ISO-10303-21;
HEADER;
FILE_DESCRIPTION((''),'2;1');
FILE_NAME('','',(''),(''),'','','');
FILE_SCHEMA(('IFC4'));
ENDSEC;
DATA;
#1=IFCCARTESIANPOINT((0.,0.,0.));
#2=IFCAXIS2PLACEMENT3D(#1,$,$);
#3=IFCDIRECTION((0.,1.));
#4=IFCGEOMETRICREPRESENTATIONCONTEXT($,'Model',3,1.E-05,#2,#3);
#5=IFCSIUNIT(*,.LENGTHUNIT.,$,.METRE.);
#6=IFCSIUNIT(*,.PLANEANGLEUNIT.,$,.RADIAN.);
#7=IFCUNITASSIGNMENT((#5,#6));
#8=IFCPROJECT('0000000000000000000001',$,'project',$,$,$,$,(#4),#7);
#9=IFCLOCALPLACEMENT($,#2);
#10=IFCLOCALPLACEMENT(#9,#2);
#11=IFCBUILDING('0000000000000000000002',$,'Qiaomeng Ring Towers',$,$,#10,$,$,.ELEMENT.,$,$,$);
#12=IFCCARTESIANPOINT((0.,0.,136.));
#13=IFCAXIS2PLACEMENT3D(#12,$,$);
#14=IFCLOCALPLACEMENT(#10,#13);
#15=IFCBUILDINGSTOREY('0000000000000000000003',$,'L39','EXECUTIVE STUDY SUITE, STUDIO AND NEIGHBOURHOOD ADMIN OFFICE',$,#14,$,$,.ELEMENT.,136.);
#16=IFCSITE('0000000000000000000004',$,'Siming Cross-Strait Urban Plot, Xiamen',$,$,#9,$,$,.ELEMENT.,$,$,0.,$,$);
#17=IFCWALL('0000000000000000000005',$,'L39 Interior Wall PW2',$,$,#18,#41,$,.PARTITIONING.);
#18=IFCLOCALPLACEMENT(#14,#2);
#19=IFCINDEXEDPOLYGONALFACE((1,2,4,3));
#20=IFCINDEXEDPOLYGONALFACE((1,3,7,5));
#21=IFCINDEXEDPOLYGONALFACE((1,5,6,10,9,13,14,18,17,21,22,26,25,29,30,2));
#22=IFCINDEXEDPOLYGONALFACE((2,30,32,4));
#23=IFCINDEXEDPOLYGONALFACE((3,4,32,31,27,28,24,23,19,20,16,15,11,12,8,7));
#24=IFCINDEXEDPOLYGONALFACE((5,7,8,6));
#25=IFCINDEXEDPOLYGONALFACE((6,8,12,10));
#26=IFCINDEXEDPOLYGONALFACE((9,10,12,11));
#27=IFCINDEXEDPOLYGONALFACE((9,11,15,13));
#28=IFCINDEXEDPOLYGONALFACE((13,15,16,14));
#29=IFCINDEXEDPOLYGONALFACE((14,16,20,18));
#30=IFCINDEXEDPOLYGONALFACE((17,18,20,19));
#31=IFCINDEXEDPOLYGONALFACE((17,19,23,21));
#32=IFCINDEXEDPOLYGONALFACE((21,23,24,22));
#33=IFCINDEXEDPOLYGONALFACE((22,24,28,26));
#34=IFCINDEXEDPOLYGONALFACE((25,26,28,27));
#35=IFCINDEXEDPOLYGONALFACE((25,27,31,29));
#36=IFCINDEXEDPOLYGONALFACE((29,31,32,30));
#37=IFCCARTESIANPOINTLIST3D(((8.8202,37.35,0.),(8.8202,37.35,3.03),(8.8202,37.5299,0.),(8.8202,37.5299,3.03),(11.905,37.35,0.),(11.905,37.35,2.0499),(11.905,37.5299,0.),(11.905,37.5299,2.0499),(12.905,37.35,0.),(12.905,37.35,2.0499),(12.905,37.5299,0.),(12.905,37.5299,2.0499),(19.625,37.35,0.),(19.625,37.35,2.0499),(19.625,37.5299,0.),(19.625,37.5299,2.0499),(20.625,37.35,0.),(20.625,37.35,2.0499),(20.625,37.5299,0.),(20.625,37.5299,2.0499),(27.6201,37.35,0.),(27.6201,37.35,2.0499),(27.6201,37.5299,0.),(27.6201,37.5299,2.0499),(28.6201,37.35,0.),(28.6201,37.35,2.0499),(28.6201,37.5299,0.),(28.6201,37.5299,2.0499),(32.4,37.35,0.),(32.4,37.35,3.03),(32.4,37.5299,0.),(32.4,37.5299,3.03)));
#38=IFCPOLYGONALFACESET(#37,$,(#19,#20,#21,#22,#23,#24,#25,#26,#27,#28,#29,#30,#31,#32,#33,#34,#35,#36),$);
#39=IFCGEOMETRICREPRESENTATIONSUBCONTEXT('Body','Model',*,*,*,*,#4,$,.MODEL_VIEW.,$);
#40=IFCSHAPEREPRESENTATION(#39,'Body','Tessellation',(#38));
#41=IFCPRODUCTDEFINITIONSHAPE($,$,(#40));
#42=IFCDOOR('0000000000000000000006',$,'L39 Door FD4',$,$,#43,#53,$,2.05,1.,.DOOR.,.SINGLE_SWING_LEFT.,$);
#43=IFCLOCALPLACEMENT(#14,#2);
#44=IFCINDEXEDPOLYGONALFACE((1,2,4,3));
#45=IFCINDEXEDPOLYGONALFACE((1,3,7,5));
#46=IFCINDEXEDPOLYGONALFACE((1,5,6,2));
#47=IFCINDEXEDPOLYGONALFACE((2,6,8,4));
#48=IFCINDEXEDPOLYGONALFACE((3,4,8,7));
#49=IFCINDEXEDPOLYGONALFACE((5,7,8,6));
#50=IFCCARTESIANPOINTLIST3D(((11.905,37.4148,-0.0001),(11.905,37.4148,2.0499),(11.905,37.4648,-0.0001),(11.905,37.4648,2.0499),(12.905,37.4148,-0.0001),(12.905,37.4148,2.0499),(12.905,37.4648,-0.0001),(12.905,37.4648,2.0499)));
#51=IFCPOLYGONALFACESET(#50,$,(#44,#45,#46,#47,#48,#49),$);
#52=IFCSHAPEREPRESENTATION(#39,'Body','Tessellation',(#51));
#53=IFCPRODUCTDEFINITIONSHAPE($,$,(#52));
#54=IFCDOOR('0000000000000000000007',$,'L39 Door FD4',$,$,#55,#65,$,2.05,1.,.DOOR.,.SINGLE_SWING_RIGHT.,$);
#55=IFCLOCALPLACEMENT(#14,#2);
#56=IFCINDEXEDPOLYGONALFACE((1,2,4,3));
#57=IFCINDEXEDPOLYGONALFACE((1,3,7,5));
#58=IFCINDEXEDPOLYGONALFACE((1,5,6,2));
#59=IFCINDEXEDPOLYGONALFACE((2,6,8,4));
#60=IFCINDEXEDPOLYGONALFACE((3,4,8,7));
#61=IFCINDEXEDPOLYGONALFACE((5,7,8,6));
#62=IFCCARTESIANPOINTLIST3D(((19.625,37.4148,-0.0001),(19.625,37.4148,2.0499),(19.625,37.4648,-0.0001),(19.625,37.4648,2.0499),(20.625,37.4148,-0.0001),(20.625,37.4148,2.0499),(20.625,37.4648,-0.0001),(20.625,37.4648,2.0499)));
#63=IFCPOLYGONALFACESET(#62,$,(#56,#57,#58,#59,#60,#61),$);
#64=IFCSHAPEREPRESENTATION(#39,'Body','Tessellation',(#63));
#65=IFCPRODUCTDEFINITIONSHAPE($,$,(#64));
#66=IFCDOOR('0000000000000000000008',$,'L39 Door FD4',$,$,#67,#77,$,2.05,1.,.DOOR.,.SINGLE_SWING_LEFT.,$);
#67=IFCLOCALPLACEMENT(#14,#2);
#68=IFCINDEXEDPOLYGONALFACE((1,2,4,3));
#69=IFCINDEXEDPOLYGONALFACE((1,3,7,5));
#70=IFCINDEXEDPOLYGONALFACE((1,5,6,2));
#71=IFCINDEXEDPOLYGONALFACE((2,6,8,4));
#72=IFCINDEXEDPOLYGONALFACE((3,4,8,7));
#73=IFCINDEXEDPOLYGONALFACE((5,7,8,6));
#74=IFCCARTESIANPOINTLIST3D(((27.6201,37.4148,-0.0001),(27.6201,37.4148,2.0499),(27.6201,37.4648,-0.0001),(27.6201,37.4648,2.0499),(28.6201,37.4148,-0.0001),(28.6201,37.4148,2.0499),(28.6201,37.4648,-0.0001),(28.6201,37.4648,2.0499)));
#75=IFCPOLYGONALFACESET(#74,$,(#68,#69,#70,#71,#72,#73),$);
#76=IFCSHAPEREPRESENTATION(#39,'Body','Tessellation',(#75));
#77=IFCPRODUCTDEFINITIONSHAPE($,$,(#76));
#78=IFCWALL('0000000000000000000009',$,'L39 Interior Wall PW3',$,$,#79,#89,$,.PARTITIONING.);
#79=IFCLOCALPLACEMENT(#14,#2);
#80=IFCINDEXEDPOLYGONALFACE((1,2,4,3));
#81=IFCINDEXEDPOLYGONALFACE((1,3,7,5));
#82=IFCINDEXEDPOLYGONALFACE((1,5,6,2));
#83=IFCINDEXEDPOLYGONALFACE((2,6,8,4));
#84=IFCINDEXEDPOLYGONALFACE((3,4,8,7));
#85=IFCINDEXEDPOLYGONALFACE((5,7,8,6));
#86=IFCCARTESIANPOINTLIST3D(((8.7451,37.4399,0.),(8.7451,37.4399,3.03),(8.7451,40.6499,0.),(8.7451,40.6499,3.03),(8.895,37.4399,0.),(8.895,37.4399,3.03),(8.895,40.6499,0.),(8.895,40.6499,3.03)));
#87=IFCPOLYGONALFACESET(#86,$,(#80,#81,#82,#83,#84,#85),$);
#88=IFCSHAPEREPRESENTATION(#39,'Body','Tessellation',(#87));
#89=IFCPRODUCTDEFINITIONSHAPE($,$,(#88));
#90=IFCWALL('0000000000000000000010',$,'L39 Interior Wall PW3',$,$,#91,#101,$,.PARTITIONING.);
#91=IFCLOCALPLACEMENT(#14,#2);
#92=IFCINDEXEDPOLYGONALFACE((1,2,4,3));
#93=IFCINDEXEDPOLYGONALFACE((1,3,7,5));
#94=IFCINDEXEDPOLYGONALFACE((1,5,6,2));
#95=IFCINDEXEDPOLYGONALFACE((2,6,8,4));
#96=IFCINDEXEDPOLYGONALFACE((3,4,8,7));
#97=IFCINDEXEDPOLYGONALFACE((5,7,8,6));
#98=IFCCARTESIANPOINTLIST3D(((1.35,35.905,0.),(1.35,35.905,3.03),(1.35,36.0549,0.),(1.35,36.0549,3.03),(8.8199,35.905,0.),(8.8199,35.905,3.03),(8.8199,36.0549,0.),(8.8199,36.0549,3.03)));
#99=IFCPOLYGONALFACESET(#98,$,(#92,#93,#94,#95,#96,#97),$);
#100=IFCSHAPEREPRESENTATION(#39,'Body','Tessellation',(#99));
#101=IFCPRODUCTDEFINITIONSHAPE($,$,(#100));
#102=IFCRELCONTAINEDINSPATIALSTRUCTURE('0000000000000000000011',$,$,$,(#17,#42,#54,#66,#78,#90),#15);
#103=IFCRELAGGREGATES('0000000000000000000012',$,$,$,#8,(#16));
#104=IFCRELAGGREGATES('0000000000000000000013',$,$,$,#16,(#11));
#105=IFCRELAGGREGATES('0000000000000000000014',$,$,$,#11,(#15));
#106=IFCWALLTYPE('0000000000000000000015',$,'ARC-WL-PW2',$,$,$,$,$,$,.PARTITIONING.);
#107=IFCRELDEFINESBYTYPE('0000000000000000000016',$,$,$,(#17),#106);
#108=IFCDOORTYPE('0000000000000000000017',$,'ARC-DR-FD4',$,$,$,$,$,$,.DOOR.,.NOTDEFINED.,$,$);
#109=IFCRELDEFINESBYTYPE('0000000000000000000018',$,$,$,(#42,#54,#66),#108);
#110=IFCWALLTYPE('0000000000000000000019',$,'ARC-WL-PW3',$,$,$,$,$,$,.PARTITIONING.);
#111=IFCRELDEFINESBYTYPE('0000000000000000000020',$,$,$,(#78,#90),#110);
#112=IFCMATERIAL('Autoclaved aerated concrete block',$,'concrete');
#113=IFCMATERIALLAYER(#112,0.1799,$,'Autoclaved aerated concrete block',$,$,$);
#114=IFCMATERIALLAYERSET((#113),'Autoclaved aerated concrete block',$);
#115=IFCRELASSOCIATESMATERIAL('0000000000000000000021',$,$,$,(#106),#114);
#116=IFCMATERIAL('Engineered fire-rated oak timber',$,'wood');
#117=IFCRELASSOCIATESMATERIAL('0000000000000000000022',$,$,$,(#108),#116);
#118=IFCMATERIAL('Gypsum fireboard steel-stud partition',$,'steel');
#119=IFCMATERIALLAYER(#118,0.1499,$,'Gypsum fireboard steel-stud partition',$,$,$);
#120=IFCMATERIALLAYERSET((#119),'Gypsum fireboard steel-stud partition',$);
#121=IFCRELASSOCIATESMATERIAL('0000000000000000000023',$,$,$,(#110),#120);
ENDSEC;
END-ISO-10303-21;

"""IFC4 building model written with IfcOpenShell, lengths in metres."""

from ifc_helpers import new_model, si_unit, direction, frame, frame_2d, origin, place, context, subcontext, project, spatial, rectangle, extrude, source, transform, mapped, material, layer, layer_set, type_object, element, fill, save


model = new_model("IFC4")

# Units and contexts
model_context = context("Model", 3, precision=1e-05, world=origin(), true_north=direction((0.0, 1.0)))
body_context = subcontext(model_context, "Body", "Model", "MODEL_VIEW")
ifc_project = project(units=[si_unit("LENGTHUNIT", "METRE"), si_unit("PLANEANGLEUNIT", "RADIAN")], contexts=[model_context])

# Site, building, storey
site_placement = place(None, origin())
site = spatial("IfcSite", under=ifc_project, at=site_placement, Name="Siming Cross-Strait Urban Plot, Xiamen", CompositionType="ELEMENT", RefElevation=0.0)
building_placement = place(site_placement, origin())
building = spatial("IfcBuilding", under=site, at=building_placement, Name="Qiaomeng Ring Towers", CompositionType="ELEMENT")
storey_placement = place(building_placement, frame((0.0, 0.0, 136.0)))
storey = spatial("IfcBuildingStorey", under=building, at=storey_placement, Name="L39", Description="EXECUTIVE STUDY SUITE, STUDIO AND NEIGHBOURHOOD ADMIN OFFICE", CompositionType="ELEMENT", Elevation=136.0)

# Wall, openings, doors
ifc_material_1 = material(Name="Autoclaved aerated concrete block", Category="concrete")
ifc_layer_1 = layer(ifc_material_1, 0.1799, Name="Autoclaved aerated concrete block")
ifc_layer_set_1 = layer_set([ifc_layer_1], Name="Autoclaved aerated concrete block")
wall_type_1 = type_object("IfcWallType", Name="ARC-WL-PW2", PredefinedType="PARTITIONING", material=ifc_layer_set_1)
wall_1_placement = place(storey_placement, frame((8.8201, 37.4399, 0.0), z_axis=(0.0, 0.0, 1.0), x_axis=(1.0, 0.0, 0.0)))
wall_1 = element("IfcWall", 1, at=wall_1_placement, inside=storey, type_object=wall_type_1, Name="L39 Interior Wall PW2", PredefinedType="PARTITIONING", context=body_context, shape_type="SweptSolid", body=[
    extrude(rectangle(XDim=23.5798, YDim=0.1799, at=frame_2d((11.79, 0.0))), origin(), (0.0, 0.0, 1.0), 3.03),
])
opening_1_placement = place(wall_1_placement, frame((3.085, 0.0, 0.0)))
opening_1 = element("IfcOpeningElement", 2, at=opening_1_placement, cuts=wall_1, PredefinedType="OPENING", context=body_context, shape_type="SweptSolid", body=[
    extrude(rectangle(XDim=1.0, YDim=2.05, at=frame_2d((0.5, 1.0249))), frame((0.0, 0.0999, 0.0), z_axis=(0.0, -1.0, 0.0), x_axis=(1.0, 0.0, 0.0)), (0.0, 0.0, 1.0), 0.2),
])
opening_2_placement = place(wall_1_placement, frame((10.8049, 0.0, 0.0)))
opening_2 = element("IfcOpeningElement", 3, at=opening_2_placement, cuts=wall_1, PredefinedType="OPENING", context=body_context, shape_type="SweptSolid", body=[
    extrude(rectangle(XDim=1.0, YDim=2.05, at=frame_2d((0.5, 1.0249))), frame((0.0, 0.0999, 0.0), z_axis=(0.0, -1.0, 0.0), x_axis=(1.0, 0.0, 0.0)), (0.0, 0.0, 1.0), 0.2),
])
opening_3_placement = place(wall_1_placement, frame((18.8, 0.0, 0.0)))
opening_3 = element("IfcOpeningElement", 4, at=opening_3_placement, cuts=wall_1, PredefinedType="OPENING", context=body_context, shape_type="SweptSolid", body=[
    extrude(rectangle(XDim=1.0, YDim=2.05, at=frame_2d((0.5, 1.0249))), frame((0.0, 0.0999, 0.0), z_axis=(0.0, -1.0, 0.0), x_axis=(1.0, 0.0, 0.0)), (0.0, 0.0, 1.0), 0.2),
])
ifc_material_2 = material(Name="Engineered fire-rated oak timber", Category="wood")
door_type_1 = type_object("IfcDoorType", Name="ARC-DR-FD4", OperationType="NOTDEFINED", PredefinedType="DOOR", material=ifc_material_2)
shared_shape_1 = source(origin(), body_context, "Body", "SweptSolid", [
    extrude(rectangle(XDim=1.0, YDim=2.05, at=frame_2d((0.5, 1.0249))), frame((0.0, 0.0249, 0.0), z_axis=(0.0, -1.0, 0.0), x_axis=(1.0, 0.0, 0.0)), (0.0, 0.0, 1.0), 0.05),
])
door_1_placement = place(opening_1_placement, origin())
door_1 = element("IfcDoor", 5, at=door_1_placement, inside=storey, type_object=door_type_1, Name="L39 Door FD4", OperationType="SINGLE_SWING_LEFT", OverallHeight=2.05, OverallWidth=1.0, PredefinedType="DOOR", context=body_context, shape_type="MappedRepresentation", body=[
    mapped(shared_shape_1, transform((0.0, 0.0, 0.0), x_axis=(1.0, 0.0, 0.0), y_axis=(0.0, 1.0, 0.0), z_axis=(0.0, 0.0, 1.0), scale=1.0)),
])
fill(opening_1, door_1)
door_2_placement = place(opening_2_placement, origin())
door_2 = element("IfcDoor", 6, at=door_2_placement, inside=storey, type_object=door_type_1, Name="L39 Door FD4", OperationType="SINGLE_SWING_RIGHT", OverallHeight=2.05, OverallWidth=1.0, PredefinedType="DOOR", context=body_context, shape_type="MappedRepresentation", body=[
    mapped(shared_shape_1, transform((0.0, 0.0, 0.0), x_axis=(1.0, 0.0, 0.0), y_axis=(0.0, 1.0, 0.0), z_axis=(0.0, 0.0, 1.0), scale=1.0)),
])
fill(opening_2, door_2)
door_3_placement = place(opening_3_placement, origin())
door_3 = element("IfcDoor", 7, at=door_3_placement, inside=storey, type_object=door_type_1, Name="L39 Door FD4", OperationType="SINGLE_SWING_LEFT", OverallHeight=2.05, OverallWidth=1.0, PredefinedType="DOOR", context=body_context, shape_type="MappedRepresentation", body=[
    mapped(shared_shape_1, transform((0.0, 0.0, 0.0), x_axis=(1.0, 0.0, 0.0), y_axis=(0.0, 1.0, 0.0), z_axis=(0.0, 0.0, 1.0), scale=1.0)),
])
fill(opening_3, door_3)

# Walls
ifc_material_3 = material(Name="Gypsum fireboard steel-stud partition", Category="steel")
ifc_layer_2 = layer(ifc_material_3, 0.1499, Name="Gypsum fireboard steel-stud partition")
ifc_layer_set_2 = layer_set([ifc_layer_2], Name="Gypsum fireboard steel-stud partition")
wall_type_2 = type_object("IfcWallType", Name="ARC-WL-PW3", PredefinedType="PARTITIONING", material=ifc_layer_set_2)
wall_2_placement = place(storey_placement, frame((8.8201, 37.4399, 0.0), z_axis=(0.0, 0.0, 1.0), x_axis=(0.0, 1.0, 0.0)))
element("IfcWall", 8, at=wall_2_placement, inside=storey, type_object=wall_type_2, Name="L39 Interior Wall PW3", PredefinedType="PARTITIONING", context=body_context, shape_type="SweptSolid", body=[
    extrude(rectangle(XDim=3.21, YDim=0.1499, at=frame_2d((1.605, 0.0))), origin(), (0.0, 0.0, 1.0), 3.03),
])
wall_3_placement = place(storey_placement, frame((1.3501, 35.98, 0.0), z_axis=(0.0, 0.0, 1.0), x_axis=(1.0, 0.0, 0.0)))
element("IfcWall", 9, at=wall_3_placement, inside=storey, type_object=wall_type_2, Name="L39 Interior Wall PW3", PredefinedType="PARTITIONING", context=body_context, shape_type="SweptSolid", body=[
    extrude(rectangle(XDim=7.47, YDim=0.1499, at=frame_2d((3.7349, 0.0))), origin(), (0.0, 0.0, 1.0), 3.03),
])

save(model, "model.ifc")
